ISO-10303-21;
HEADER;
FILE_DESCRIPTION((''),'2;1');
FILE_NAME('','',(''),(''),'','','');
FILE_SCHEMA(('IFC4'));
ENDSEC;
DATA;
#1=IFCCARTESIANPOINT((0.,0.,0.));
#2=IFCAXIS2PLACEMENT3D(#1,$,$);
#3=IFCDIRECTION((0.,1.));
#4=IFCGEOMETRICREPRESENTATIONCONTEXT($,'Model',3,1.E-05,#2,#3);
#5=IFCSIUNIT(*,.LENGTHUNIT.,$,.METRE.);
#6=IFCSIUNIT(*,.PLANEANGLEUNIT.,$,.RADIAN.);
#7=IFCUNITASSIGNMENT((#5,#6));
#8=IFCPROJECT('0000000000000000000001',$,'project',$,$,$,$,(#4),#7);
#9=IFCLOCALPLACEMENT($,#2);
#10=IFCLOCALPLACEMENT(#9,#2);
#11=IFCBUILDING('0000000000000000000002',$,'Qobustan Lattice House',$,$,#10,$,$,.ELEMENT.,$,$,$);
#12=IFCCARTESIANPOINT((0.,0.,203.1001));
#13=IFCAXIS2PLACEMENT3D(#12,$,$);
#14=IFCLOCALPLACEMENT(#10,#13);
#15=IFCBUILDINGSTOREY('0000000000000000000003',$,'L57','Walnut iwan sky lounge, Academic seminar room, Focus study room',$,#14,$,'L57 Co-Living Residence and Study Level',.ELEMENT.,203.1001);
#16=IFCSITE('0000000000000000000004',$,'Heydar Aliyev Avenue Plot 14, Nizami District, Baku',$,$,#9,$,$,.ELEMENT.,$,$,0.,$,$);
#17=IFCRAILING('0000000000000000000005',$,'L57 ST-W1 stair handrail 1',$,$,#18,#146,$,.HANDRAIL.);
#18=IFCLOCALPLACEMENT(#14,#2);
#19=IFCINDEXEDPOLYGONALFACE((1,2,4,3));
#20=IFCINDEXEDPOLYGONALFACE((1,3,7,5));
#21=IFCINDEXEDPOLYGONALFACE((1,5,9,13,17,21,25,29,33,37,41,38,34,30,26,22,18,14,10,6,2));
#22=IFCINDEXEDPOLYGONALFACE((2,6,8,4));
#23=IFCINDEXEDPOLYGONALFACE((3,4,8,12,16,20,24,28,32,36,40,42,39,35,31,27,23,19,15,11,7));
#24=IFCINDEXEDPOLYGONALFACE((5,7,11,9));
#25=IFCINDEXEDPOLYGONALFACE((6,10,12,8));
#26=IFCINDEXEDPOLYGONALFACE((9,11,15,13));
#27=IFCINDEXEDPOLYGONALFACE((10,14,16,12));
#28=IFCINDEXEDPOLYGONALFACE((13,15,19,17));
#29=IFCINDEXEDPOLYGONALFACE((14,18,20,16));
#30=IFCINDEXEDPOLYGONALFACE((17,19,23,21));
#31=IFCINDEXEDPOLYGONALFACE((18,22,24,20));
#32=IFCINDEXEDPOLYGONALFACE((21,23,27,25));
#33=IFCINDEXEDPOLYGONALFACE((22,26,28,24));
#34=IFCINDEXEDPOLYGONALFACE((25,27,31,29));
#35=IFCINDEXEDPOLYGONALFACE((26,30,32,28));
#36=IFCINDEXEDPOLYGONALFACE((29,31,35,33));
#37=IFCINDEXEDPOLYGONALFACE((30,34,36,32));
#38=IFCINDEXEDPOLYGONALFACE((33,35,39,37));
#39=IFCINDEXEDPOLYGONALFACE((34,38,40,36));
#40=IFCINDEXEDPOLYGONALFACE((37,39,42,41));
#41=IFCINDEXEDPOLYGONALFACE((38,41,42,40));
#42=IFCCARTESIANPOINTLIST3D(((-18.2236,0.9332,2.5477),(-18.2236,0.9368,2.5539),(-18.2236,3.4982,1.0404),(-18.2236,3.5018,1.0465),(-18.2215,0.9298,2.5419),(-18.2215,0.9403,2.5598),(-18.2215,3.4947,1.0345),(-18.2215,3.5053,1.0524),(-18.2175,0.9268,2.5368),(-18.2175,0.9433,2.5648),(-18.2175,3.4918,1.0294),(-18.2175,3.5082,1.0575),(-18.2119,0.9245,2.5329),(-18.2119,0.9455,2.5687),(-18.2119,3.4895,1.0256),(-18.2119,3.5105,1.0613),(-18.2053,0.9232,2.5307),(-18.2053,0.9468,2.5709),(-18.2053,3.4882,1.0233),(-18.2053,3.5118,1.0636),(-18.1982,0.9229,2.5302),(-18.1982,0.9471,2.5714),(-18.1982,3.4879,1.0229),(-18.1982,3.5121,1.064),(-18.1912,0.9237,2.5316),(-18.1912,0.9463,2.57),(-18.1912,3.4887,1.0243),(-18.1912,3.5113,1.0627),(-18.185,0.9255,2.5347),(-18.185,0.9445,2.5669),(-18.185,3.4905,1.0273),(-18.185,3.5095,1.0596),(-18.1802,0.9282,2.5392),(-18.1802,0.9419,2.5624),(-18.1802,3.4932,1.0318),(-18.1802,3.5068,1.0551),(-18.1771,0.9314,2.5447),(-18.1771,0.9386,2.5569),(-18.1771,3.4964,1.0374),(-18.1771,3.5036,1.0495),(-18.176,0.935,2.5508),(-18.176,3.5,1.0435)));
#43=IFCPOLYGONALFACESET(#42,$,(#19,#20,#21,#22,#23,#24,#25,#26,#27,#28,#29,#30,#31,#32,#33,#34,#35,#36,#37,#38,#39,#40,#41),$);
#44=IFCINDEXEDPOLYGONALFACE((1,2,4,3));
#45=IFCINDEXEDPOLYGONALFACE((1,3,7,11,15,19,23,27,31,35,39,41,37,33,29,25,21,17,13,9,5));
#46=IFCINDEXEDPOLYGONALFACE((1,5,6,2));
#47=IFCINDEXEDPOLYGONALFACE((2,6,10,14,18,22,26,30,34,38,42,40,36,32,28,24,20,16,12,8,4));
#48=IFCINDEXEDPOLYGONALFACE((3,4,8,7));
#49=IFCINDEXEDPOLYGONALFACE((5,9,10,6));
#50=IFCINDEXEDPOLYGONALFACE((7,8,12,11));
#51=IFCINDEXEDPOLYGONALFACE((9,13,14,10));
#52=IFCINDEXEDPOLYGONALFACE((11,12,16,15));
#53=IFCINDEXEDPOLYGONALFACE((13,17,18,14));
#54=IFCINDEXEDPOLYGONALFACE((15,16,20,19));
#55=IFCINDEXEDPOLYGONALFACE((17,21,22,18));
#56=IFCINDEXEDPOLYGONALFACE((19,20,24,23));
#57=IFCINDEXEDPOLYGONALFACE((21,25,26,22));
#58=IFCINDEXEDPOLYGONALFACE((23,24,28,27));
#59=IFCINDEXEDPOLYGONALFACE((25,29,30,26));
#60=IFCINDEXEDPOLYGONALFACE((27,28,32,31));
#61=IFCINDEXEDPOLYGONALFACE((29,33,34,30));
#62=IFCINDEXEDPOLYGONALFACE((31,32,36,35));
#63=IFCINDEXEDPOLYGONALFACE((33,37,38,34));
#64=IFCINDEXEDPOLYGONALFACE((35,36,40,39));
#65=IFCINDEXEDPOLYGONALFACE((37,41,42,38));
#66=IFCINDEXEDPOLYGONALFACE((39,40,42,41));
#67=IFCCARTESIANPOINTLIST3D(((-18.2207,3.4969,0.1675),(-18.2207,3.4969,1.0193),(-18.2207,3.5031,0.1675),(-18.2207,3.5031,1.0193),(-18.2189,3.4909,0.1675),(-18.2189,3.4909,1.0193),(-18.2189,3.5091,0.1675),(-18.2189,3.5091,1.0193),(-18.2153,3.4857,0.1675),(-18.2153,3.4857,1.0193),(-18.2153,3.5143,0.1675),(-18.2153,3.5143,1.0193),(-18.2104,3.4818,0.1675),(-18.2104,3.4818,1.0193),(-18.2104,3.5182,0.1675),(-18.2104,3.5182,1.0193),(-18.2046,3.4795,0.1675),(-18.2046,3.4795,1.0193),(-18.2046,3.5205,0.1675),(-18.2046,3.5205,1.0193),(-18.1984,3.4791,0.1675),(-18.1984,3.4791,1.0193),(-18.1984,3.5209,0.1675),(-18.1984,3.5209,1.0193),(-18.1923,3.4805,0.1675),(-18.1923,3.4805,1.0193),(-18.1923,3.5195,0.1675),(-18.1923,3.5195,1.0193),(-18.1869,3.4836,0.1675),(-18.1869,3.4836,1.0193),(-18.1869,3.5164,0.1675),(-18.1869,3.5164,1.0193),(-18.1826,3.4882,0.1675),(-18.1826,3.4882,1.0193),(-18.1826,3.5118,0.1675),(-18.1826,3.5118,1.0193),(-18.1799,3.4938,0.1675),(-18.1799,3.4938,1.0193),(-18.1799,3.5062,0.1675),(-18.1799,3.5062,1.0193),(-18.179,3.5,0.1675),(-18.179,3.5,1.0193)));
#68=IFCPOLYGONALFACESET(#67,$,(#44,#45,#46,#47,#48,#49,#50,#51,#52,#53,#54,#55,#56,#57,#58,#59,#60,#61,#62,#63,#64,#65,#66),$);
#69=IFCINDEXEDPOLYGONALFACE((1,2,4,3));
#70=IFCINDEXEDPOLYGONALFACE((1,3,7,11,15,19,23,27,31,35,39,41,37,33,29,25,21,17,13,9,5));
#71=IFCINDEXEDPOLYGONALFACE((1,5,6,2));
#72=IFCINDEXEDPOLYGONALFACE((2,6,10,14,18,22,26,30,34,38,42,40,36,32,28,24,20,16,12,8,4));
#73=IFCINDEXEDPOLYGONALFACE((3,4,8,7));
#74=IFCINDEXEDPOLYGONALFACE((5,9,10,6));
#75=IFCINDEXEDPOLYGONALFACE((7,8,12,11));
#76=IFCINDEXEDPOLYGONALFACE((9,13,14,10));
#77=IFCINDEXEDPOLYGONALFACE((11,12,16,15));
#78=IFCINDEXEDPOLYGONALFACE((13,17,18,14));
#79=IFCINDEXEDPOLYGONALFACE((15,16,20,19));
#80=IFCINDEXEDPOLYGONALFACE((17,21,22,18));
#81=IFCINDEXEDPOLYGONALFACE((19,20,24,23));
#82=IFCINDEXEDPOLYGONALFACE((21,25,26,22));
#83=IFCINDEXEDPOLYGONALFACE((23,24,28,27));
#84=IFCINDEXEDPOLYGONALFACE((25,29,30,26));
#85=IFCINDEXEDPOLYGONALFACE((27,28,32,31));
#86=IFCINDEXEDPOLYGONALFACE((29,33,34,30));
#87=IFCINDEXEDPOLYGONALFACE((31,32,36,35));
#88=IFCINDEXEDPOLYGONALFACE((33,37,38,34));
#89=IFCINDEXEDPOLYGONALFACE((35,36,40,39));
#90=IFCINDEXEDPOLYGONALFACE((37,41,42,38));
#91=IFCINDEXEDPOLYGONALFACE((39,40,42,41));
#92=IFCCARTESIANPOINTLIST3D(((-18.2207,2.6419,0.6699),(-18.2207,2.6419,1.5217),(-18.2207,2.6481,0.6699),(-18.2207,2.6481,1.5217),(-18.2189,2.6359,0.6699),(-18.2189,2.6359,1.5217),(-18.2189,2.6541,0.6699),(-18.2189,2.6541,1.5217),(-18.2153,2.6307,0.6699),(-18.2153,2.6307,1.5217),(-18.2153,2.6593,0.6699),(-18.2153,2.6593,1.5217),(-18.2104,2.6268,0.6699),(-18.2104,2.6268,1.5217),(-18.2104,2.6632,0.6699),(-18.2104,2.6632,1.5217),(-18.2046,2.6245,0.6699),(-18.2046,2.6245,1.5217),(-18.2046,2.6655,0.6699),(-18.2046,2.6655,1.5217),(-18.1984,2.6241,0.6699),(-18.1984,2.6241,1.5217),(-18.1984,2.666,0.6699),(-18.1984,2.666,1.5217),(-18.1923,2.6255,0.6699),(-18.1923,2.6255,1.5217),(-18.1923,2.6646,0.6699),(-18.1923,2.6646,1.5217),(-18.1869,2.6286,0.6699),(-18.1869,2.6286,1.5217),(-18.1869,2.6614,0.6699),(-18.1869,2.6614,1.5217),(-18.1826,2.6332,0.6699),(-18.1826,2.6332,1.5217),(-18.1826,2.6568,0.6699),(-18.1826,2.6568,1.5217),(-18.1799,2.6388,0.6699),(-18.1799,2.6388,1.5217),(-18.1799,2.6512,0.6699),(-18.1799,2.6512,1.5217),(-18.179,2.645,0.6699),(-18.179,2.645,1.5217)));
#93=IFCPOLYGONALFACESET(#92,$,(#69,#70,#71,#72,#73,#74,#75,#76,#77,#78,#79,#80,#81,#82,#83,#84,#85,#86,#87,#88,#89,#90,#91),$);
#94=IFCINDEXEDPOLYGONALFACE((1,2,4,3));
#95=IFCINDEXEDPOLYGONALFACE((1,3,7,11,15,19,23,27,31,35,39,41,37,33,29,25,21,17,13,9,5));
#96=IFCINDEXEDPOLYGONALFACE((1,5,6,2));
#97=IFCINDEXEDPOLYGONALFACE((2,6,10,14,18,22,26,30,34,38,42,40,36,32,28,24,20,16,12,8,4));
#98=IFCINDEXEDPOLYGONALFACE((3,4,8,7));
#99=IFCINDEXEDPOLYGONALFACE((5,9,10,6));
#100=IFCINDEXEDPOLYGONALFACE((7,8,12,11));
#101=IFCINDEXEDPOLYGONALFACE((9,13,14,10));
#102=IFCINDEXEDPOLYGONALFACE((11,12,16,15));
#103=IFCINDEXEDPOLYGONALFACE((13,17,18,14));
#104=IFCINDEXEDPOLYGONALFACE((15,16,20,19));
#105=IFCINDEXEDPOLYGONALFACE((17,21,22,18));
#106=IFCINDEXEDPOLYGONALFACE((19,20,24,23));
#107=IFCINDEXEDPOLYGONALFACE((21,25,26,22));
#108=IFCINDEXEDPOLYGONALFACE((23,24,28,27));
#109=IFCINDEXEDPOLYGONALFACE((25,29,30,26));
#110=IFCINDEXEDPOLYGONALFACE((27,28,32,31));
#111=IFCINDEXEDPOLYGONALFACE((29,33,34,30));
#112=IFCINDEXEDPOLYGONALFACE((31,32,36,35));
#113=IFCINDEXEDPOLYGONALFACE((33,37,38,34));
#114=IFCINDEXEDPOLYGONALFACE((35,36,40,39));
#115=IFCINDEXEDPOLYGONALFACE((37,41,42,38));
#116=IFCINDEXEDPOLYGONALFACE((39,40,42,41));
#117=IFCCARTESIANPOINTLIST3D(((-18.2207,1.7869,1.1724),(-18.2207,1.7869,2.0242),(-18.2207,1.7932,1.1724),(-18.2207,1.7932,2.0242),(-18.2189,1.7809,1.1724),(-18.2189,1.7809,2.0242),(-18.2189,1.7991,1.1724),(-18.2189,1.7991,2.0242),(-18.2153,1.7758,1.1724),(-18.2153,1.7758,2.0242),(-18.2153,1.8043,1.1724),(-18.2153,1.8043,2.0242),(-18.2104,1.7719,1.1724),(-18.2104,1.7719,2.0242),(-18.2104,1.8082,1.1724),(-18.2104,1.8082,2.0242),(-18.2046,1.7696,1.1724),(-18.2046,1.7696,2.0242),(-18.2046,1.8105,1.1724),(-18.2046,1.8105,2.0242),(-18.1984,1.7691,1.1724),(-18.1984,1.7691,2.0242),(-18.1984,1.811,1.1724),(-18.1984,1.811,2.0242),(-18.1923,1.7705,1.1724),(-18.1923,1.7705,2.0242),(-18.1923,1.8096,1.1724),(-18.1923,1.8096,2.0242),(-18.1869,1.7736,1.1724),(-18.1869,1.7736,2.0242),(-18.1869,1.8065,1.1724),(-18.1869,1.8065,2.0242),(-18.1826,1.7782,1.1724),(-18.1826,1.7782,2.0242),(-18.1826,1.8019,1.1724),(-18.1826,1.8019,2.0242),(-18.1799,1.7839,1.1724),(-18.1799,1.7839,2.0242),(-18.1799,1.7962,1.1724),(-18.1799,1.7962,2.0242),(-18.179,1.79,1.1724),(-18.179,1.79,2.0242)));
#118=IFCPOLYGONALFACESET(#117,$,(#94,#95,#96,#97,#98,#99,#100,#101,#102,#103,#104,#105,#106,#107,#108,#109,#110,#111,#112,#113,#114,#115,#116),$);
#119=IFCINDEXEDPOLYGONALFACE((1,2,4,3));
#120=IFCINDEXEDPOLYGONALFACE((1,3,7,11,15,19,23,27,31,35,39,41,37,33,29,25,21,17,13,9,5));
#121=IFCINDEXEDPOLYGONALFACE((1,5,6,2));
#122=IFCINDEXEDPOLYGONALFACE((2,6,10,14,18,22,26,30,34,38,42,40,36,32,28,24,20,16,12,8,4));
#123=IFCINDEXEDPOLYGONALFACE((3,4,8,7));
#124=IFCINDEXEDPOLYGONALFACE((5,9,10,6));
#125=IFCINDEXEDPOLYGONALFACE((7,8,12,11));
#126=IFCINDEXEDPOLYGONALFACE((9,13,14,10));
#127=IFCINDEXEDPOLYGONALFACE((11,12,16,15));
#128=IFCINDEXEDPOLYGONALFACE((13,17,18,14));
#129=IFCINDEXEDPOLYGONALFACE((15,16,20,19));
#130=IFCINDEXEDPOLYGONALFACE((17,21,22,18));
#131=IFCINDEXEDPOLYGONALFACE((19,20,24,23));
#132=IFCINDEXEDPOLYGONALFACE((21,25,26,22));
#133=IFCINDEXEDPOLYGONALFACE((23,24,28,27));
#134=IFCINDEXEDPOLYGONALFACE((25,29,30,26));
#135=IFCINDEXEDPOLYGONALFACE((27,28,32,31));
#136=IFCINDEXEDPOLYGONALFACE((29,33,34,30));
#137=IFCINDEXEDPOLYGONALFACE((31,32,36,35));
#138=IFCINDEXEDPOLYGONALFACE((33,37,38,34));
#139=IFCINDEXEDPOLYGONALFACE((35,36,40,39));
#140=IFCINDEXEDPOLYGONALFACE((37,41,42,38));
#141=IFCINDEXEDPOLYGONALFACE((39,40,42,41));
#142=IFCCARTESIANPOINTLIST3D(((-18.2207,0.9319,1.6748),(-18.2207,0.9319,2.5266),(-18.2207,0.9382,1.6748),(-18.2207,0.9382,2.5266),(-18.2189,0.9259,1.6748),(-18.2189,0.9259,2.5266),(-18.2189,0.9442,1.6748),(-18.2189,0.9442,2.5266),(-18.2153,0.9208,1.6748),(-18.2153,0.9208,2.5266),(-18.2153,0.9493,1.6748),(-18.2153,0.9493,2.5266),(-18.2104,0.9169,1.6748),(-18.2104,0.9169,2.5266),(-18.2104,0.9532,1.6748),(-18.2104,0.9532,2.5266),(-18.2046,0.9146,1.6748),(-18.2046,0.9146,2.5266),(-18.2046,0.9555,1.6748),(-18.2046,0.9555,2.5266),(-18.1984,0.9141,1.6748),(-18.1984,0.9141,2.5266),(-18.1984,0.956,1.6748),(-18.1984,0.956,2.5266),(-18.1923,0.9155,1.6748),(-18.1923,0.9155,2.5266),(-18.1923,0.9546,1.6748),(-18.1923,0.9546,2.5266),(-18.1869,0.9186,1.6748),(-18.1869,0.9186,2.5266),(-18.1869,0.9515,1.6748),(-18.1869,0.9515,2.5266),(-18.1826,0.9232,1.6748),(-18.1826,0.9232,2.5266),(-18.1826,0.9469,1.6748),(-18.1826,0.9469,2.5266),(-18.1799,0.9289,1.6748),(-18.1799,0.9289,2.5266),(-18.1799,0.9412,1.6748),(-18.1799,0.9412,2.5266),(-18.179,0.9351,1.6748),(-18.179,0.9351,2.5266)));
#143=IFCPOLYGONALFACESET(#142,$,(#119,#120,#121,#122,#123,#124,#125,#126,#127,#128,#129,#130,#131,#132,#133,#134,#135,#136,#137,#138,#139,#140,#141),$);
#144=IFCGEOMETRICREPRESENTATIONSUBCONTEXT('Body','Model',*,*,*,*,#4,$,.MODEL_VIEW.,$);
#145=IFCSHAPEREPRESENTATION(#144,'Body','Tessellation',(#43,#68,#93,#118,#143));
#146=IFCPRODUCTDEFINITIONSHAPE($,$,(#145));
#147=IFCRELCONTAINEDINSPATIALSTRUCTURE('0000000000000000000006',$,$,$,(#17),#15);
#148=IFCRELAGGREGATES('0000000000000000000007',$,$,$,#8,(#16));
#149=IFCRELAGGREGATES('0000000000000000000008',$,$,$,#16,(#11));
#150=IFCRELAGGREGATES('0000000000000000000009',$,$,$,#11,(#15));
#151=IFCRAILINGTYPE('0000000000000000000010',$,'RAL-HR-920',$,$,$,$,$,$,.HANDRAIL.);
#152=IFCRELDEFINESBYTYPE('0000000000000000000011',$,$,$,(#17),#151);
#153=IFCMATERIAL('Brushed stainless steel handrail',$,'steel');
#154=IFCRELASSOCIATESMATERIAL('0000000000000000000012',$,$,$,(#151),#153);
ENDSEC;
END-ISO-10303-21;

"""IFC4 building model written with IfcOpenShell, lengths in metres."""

from ifc_helpers import new_model, si_unit, direction, frame, origin, origin_2d, place, context, subcontext, project, spatial, circle, extrude, material, type_object, element, save


model = new_model("IFC4")

# Units and contexts
model_context = context("Model", 3, precision=1e-05, world=origin(), true_north=direction((0.0, 1.0)))
body_context = subcontext(model_context, "Body", "Model", "MODEL_VIEW")
ifc_project = project(units=[si_unit("LENGTHUNIT", "METRE"), si_unit("PLANEANGLEUNIT", "RADIAN")], contexts=[model_context])

# Site, building, storey
site_placement = place(None, origin())
site = spatial("IfcSite", under=ifc_project, at=site_placement, Name="Heydar Aliyev Avenue Plot 14, Nizami District, Baku", CompositionType="ELEMENT", RefElevation=0.0)
building_placement = place(site_placement, origin())
building = spatial("IfcBuilding", under=site, at=building_placement, Name="Qobustan Lattice House", CompositionType="ELEMENT")
storey_placement = place(building_placement, frame((0.0, 0.0, 203.1001)))
storey = spatial("IfcBuildingStorey", under=building, at=storey_placement, Name="L57", Description="Walnut iwan sky lounge, Academic seminar room, Focus study room", LongName="L57 Co-Living Residence and Study Level", CompositionType="ELEMENT", Elevation=203.1001)

# Railing
ifc_material_1 = material(Name="Brushed stainless steel handrail", Category="steel")
railing_type_1 = type_object("IfcRailingType", Name="RAL-HR-920", PredefinedType="HANDRAIL", material=ifc_material_1)
railing_1_placement = place(storey_placement, frame((-18.2, 3.5, 0.1675)))
element("IfcRailing", 1, at=railing_1_placement, inside=storey, type_object=railing_type_1, Name="L57 ST-W1 stair handrail 1", PredefinedType="HANDRAIL", context=body_context, shape_type="SweptSolid", body=[
    extrude(circle(Radius=0.0239, at=origin_2d()), frame((0.0, 0.0, 0.876), z_axis=(0.0, -0.862149, 0.506654), x_axis=(1.0, 0.0, 0.0)), (0.0, 0.0, 1.0), 2.9751),
    extrude(circle(Radius=0.021, at=origin_2d()), origin(), (0.0, 0.0, 1.0), 0.8518),
    extrude(circle(Radius=0.021, at=origin_2d()), frame((0.0, -0.855, 0.5024)), (0.0, 0.0, 1.0), 0.8518),
    extrude(circle(Radius=0.021, at=origin_2d()), frame((0.0, -1.71, 1.0049)), (0.0, 0.0, 1.0), 0.8518),
    extrude(circle(Radius=0.021, at=origin_2d()), frame((0.0, -2.5649, 1.5073)), (0.0, 0.0, 1.0), 0.8518),
])

save(model, "model.ifc")
